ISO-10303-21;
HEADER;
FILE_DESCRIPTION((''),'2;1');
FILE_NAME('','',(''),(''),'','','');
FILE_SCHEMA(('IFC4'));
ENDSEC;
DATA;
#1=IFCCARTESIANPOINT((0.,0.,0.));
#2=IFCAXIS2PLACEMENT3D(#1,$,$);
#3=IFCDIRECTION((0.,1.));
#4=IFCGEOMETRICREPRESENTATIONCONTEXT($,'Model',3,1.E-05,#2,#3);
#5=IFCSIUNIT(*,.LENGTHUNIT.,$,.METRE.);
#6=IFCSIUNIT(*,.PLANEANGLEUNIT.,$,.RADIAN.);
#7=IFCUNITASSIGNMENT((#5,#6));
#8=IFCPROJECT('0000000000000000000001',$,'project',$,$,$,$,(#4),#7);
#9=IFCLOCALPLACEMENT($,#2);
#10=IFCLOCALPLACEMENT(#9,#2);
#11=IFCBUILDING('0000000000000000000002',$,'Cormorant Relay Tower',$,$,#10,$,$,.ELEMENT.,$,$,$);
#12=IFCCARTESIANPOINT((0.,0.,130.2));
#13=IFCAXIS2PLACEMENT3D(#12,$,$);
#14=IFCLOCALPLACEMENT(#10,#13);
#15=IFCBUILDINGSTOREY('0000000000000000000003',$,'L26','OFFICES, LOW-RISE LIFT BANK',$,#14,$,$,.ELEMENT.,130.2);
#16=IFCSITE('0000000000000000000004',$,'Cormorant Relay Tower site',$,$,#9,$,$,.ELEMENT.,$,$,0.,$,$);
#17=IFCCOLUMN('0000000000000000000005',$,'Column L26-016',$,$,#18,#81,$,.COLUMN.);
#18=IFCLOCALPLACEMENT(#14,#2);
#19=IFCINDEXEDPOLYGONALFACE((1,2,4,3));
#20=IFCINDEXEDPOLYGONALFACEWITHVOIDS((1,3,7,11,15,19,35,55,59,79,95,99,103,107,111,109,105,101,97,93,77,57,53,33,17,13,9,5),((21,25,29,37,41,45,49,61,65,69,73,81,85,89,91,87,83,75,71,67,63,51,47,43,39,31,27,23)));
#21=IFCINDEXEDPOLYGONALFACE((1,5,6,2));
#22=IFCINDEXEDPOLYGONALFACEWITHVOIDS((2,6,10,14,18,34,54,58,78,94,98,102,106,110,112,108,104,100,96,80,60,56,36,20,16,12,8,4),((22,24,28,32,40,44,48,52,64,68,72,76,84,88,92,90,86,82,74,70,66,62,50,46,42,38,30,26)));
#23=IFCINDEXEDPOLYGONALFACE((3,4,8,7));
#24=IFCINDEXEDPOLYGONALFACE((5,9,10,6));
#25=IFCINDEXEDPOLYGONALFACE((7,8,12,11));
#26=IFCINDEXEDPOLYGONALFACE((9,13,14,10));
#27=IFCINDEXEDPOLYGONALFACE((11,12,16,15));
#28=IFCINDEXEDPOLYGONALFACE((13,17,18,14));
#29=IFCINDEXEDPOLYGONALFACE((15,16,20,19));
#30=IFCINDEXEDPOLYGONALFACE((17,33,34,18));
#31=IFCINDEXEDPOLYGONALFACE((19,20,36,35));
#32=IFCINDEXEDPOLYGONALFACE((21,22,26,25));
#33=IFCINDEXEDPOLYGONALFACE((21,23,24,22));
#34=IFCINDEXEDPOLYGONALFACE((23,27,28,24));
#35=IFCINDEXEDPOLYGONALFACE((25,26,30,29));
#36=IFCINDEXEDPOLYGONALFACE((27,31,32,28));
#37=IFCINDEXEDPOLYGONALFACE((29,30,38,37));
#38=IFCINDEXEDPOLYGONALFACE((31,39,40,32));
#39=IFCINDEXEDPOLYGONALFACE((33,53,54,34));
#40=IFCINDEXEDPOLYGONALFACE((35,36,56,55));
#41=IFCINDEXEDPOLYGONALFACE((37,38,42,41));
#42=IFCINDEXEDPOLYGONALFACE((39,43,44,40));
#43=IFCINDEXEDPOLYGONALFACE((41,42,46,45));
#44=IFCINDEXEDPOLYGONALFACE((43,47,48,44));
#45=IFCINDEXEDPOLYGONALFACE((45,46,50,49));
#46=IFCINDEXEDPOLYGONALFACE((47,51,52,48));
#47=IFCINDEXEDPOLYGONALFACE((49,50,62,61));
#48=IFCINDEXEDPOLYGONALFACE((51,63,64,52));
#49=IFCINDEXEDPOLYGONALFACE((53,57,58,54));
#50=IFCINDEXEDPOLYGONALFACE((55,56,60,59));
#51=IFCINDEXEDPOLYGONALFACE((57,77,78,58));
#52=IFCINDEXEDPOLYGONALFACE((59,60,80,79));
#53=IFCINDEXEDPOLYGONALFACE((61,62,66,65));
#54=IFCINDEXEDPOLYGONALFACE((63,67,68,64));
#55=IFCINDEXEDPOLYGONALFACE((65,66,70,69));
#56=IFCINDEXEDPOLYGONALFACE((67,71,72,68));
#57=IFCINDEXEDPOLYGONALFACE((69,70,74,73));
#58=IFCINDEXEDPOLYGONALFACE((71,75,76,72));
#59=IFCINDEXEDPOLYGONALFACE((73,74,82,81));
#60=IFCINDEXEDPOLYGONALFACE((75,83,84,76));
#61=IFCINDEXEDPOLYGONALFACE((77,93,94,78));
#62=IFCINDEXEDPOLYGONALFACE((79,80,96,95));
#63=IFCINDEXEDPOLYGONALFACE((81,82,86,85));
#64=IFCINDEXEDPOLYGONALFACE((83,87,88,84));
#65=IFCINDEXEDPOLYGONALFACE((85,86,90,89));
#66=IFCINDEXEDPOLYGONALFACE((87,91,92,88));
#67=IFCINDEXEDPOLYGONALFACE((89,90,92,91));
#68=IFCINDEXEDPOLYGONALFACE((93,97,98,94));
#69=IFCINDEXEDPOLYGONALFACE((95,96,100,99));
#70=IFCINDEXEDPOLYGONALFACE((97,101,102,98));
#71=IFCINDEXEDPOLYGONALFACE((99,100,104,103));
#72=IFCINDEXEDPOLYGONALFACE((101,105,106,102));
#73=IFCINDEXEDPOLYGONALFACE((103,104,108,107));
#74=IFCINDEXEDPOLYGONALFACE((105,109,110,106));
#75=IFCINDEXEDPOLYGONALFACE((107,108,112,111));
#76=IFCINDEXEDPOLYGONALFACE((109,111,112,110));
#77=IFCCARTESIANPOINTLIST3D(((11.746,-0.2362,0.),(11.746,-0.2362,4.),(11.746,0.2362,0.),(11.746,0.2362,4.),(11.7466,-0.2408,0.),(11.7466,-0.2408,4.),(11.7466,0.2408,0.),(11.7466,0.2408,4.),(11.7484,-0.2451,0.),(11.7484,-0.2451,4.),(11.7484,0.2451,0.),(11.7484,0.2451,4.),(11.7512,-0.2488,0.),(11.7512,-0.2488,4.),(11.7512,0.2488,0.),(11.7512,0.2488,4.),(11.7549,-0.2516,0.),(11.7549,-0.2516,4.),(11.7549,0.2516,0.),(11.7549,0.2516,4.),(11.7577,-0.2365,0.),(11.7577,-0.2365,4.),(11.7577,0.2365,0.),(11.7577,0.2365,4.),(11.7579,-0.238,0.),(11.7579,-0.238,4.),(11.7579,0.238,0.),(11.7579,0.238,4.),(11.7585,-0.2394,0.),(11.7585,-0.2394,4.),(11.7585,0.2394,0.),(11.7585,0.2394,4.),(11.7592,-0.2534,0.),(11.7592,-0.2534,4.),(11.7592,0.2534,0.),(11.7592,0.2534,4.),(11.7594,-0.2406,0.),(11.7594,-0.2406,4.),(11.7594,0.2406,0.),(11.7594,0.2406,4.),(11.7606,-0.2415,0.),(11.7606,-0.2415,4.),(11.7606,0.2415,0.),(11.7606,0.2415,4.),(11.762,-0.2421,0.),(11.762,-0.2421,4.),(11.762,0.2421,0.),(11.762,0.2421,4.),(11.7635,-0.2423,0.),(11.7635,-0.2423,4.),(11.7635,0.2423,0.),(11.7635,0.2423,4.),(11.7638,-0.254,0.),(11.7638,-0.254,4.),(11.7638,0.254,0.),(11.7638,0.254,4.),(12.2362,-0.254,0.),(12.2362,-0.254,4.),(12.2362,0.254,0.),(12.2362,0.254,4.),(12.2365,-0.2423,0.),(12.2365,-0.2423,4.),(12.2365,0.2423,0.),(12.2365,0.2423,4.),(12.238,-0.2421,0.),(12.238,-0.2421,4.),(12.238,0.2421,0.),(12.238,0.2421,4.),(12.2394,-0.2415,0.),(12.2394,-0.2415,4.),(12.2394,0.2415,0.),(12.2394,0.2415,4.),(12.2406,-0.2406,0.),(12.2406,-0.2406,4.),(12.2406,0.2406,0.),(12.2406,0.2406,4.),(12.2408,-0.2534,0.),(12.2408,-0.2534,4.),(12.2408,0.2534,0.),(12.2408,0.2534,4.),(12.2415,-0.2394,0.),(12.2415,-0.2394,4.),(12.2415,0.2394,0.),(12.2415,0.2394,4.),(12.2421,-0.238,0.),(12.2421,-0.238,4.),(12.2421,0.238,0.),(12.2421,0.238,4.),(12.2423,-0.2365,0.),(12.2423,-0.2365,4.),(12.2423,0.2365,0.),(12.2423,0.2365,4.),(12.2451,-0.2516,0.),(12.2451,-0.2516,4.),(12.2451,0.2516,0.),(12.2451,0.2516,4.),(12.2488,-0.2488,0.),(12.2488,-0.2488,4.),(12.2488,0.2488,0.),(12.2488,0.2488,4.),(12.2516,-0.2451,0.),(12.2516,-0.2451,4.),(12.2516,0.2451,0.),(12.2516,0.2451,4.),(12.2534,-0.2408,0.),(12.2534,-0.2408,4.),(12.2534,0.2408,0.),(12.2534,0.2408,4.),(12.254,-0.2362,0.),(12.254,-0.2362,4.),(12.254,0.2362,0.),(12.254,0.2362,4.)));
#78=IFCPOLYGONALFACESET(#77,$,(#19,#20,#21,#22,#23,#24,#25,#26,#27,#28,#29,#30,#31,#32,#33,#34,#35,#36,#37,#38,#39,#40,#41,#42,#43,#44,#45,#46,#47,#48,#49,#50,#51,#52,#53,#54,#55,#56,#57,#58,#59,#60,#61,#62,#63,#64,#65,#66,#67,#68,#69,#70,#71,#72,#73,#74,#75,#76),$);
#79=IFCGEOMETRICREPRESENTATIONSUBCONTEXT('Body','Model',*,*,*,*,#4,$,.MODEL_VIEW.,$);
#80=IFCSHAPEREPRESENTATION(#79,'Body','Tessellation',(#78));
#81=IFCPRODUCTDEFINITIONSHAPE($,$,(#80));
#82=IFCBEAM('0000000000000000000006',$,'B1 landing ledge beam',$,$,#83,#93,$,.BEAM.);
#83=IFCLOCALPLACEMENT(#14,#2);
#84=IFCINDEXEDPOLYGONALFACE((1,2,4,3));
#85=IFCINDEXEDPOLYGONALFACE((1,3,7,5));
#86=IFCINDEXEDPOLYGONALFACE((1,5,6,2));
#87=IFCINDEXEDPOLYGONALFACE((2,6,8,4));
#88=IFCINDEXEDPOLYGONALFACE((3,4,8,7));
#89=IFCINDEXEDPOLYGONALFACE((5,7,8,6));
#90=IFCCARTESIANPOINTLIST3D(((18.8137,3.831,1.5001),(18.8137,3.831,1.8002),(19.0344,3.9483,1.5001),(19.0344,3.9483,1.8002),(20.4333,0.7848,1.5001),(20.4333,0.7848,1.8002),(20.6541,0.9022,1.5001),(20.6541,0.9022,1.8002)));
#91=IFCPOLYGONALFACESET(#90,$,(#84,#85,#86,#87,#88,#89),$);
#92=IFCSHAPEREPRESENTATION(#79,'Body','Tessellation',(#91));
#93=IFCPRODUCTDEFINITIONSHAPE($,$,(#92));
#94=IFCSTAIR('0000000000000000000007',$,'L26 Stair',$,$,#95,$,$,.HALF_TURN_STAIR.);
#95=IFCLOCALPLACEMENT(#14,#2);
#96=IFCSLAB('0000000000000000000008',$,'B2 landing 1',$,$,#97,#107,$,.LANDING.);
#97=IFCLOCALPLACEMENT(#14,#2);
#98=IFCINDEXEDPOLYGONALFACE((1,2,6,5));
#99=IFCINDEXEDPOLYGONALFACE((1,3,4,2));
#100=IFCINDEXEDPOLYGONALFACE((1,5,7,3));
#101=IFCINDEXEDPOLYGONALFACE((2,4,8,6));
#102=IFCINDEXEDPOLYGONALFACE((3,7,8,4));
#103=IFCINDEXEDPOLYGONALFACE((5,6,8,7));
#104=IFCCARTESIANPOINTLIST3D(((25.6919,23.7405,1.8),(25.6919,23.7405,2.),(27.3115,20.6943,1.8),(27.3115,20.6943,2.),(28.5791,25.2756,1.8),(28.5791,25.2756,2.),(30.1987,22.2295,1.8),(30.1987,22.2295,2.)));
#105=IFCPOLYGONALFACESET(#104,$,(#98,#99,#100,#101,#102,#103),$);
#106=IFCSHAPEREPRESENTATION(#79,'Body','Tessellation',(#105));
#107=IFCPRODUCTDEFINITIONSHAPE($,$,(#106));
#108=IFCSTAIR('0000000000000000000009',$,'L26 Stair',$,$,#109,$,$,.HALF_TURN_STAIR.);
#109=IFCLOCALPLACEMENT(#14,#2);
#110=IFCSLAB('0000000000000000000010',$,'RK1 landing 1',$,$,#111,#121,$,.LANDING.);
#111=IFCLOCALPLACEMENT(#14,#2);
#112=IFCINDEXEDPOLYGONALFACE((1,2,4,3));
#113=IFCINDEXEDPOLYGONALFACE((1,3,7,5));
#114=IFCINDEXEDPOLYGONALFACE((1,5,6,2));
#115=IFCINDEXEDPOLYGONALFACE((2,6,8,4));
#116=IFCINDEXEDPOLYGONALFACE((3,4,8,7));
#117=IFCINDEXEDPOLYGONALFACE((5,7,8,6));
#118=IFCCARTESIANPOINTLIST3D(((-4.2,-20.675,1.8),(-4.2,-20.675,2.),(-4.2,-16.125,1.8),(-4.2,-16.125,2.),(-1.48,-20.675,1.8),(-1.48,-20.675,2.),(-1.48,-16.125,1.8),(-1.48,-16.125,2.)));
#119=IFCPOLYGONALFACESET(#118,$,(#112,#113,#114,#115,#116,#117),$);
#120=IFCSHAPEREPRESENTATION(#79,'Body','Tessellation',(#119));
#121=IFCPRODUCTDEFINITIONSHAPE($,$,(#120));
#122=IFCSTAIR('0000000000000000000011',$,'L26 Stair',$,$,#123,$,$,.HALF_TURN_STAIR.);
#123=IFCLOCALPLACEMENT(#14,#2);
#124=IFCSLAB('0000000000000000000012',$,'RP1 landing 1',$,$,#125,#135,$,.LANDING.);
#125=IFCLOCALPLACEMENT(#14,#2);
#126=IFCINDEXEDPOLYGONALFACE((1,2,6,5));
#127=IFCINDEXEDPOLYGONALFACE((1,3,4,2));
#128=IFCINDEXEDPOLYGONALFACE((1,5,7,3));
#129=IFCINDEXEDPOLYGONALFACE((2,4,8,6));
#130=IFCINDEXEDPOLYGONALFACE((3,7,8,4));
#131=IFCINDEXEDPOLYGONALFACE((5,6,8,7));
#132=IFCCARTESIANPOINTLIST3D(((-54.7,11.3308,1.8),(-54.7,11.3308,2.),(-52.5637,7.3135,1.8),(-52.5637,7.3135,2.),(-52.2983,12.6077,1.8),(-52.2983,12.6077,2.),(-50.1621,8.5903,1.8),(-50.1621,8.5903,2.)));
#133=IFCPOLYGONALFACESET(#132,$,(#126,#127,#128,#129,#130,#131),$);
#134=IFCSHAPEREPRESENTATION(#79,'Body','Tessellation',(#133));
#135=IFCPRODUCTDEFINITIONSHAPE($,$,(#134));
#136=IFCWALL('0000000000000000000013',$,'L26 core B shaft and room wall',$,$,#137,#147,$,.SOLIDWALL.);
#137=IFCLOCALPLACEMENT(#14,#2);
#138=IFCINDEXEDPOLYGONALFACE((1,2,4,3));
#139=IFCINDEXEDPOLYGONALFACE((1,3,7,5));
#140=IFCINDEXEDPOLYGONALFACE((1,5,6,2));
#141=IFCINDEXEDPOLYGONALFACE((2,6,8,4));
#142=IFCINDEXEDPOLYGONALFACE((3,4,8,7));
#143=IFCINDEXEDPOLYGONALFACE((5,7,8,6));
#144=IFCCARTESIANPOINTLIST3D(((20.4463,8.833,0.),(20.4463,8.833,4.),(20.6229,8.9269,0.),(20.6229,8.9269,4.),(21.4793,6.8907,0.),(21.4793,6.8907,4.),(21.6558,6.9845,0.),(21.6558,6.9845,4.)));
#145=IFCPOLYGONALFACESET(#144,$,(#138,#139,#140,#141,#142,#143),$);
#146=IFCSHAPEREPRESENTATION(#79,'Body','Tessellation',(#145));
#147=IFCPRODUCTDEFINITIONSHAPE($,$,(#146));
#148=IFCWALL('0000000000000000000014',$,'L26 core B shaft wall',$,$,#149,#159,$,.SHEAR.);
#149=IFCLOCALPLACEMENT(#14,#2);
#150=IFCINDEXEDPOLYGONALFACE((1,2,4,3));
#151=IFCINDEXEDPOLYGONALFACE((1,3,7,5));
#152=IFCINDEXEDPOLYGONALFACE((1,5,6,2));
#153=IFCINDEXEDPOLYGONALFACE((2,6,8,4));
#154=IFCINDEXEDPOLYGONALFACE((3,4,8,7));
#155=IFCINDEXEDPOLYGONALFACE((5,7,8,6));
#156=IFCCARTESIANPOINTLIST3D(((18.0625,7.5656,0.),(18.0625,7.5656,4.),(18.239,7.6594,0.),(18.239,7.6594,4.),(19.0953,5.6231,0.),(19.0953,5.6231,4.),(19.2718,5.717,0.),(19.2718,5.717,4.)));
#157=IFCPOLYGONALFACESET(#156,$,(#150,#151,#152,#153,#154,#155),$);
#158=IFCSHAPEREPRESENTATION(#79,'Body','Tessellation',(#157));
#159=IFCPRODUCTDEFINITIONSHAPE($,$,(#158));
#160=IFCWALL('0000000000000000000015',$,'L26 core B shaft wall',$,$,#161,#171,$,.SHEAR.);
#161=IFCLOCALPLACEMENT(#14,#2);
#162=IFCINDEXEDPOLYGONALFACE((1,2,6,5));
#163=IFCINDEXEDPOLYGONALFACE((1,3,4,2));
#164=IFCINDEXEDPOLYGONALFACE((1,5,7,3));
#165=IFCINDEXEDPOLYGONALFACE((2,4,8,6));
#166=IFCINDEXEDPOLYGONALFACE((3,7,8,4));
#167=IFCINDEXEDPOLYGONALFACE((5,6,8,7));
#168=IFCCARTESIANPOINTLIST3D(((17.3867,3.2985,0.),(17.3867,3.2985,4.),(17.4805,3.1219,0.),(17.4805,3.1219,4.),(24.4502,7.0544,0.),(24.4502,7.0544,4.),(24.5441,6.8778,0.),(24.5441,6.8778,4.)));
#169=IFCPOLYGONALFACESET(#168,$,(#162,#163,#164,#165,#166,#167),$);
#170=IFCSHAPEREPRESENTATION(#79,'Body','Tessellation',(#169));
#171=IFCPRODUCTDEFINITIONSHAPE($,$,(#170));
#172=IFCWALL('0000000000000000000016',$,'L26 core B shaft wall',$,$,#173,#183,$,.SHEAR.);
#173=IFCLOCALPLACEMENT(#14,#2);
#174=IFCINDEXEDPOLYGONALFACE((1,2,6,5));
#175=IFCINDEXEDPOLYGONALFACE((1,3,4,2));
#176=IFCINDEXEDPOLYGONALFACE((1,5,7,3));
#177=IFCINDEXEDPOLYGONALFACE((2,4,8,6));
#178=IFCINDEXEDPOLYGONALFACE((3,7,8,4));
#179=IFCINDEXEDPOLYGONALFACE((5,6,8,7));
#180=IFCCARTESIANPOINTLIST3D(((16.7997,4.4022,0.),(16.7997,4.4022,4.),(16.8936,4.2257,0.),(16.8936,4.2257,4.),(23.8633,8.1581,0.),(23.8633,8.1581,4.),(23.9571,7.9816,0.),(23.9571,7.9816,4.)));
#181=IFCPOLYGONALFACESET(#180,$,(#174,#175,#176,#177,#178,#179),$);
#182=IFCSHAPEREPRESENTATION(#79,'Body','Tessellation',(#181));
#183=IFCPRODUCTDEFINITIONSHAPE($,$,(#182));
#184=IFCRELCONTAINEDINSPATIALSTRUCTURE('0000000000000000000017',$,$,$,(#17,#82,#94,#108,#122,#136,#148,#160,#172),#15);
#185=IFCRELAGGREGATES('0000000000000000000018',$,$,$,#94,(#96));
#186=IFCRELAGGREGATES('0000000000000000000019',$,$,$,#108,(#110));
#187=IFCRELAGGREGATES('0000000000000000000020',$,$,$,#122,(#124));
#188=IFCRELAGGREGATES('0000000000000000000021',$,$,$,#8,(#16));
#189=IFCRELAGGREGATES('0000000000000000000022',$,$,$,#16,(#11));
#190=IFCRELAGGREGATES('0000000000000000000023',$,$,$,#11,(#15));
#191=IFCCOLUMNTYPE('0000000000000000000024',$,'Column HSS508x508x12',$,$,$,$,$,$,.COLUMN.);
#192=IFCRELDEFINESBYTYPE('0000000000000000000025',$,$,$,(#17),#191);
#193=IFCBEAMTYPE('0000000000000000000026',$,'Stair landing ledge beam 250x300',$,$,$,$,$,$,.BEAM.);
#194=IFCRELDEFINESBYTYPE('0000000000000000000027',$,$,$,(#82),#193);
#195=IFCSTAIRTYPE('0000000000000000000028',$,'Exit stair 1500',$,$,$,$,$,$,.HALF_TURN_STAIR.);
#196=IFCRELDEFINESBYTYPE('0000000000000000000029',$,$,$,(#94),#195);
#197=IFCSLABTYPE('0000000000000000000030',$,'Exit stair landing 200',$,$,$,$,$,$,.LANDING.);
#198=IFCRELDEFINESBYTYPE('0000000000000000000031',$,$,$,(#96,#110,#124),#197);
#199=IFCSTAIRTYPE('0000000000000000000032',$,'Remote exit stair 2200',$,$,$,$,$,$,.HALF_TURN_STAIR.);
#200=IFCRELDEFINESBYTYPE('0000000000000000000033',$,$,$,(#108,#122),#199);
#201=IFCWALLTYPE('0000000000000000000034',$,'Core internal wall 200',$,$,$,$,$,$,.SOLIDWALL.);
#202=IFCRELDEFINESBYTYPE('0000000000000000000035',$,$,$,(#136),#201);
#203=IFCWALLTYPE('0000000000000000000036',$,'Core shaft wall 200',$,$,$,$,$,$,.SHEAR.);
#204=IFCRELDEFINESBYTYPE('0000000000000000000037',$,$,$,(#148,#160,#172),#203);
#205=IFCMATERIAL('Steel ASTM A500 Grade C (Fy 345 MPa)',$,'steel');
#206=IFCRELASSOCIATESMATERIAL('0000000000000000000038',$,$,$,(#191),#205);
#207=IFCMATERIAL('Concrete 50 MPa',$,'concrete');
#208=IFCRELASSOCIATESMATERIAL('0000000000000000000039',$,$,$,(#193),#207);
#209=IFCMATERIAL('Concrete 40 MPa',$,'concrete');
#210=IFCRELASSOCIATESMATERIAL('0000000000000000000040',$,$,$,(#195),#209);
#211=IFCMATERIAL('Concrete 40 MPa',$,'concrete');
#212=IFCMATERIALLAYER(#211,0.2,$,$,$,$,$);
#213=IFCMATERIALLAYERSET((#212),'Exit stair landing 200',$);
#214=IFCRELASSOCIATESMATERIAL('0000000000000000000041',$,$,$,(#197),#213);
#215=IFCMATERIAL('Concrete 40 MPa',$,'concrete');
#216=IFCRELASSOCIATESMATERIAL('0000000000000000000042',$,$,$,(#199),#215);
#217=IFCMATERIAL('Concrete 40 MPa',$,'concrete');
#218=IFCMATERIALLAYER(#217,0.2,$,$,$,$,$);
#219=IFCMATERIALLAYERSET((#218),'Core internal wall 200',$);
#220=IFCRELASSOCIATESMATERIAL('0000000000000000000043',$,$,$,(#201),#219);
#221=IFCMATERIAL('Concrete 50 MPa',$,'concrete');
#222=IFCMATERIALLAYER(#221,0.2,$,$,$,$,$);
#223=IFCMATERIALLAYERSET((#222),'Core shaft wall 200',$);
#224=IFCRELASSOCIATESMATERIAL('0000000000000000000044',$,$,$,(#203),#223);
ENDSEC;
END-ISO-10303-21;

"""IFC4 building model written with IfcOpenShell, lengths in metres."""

from ifc_helpers import new_model, si_unit, direction, frame, frame_2d, origin, origin_2d, place, context, subcontext, project, spatial, polyline, rectangle, hollow_rectangle, outline, extrude, material, layer, layer_set, material_profile, profile_set, type_object, element, aggregate, save


model = new_model("IFC4")

# Units and contexts
model_context = context("Model", 3, precision=1e-05, world=origin(), true_north=direction((0.0, 1.0)))
body_context = subcontext(model_context, "Body", "Model", "MODEL_VIEW")
ifc_project = project(units=[si_unit("LENGTHUNIT", "METRE"), si_unit("PLANEANGLEUNIT", "RADIAN")], contexts=[model_context])

# Site, building, storey
site_placement = place(None, origin())
site = spatial("IfcSite", under=ifc_project, at=site_placement, Name="Cormorant Relay Tower site", CompositionType="ELEMENT", RefElevation=0.0)
building_placement = place(site_placement, origin())
building = spatial("IfcBuilding", under=site, at=building_placement, Name="Cormorant Relay Tower", CompositionType="ELEMENT")
storey_placement = place(building_placement, frame((0.0, 0.0, 130.2)))
storey = spatial("IfcBuildingStorey", under=building, at=storey_placement, Name="L26", Description="OFFICES, LOW-RISE LIFT BANK", CompositionType="ELEMENT", Elevation=130.2)

# Column
ifc_material_1 = material(Name="Steel ASTM A500 Grade C (Fy 345 MPa)", Category="steel")
ifc_material_profile_1 = material_profile(ifc_material_1, hollow_rectangle(XDim=0.5081, YDim=0.5081, WallThickness=0.0117, InnerFilletRadius=0.0059, OuterFilletRadius=0.0178, at=origin_2d()), Name="HSS508x508x12")
ifc_profile_set_1 = profile_set([ifc_material_profile_1], Name="Steel ASTM A500 Grade C (Fy 345 MPa)")
column_type = type_object("IfcColumnType", Name="Column HSS508x508x12", PredefinedType="COLUMN", material=ifc_profile_set_1)
column_placement = place(storey_placement, frame((12.0, 0.0, 0.0), z_axis=(0.0, 0.0, 1.0), x_axis=(1.0, 0.0, 0.0)))
element("IfcColumn", 1, at=column_placement, inside=storey, type_object=column_type, Name="Column L26-016", PredefinedType="COLUMN", context=body_context, shape_type="SweptSolid", body=[
    extrude(hollow_rectangle(XDim=0.5081, YDim=0.5081, WallThickness=0.0117, InnerFilletRadius=0.0059, OuterFilletRadius=0.0178, at=origin_2d()), origin(), (0.0, 0.0, 1.0), 4.0),
])

# Beam
ifc_material_2 = material(Name="Concrete 50 MPa", Category="concrete")
ifc_material_profile_2 = material_profile(ifc_material_2, rectangle(XDim=0.25, YDim=0.3, at=origin_2d()), Name="RC 250x300")
ifc_profile_set_2 = profile_set([ifc_material_profile_2], Name="Concrete 50 MPa")
beam_type = type_object("IfcBeamType", Name="Stair landing ledge beam 250x300", PredefinedType="BEAM", material=ifc_profile_set_2)
beam_placement = place(storey_placement, frame((18.9241, 3.8896, 1.6501), z_axis=(0.469464, -0.882952, 0.0), x_axis=(0.882952, 0.469464, 0.0)))
element("IfcBeam", 2, at=beam_placement, inside=storey, type_object=beam_type, Name="B1 landing ledge beam", PredefinedType="BEAM", context=body_context, shape_type="SweptSolid", body=[
    extrude(rectangle(XDim=0.25, YDim=0.3, at=origin_2d()), origin(), (0.0, 0.0, 1.0), 3.45),
])

# Stairs, slabs
ifc_material_3 = material(Name="Concrete 40 MPa", Category="concrete")
stair_type_1 = type_object("IfcStairType", Name="Exit stair 1500", PredefinedType="HALF_TURN_STAIR", material=ifc_material_3)
stair_1_placement = place(storey_placement, origin())
stair_1 = element("IfcStair", 3, at=stair_1_placement, inside=storey, type_object=stair_type_1, Name="L26 Stair", PredefinedType="HALF_TURN_STAIR")
ifc_material_4 = material(Name="Concrete 40 MPa", Category="concrete")
ifc_layer_1 = layer(ifc_material_4, 0.2)
ifc_layer_set_1 = layer_set([ifc_layer_1], Name="Exit stair landing 200")
slab_type = type_object("IfcSlabType", Name="Exit stair landing 200", PredefinedType="LANDING", material=ifc_layer_set_1)
slab_1_placement = place(storey_placement, frame((0.0, 0.0, 1.8)))
slab_1 = element("IfcSlab", 4, at=slab_1_placement, type_object=slab_type, Name="B2 landing 1", PredefinedType="LANDING", context=body_context, shape_type="SweptSolid", body=[
    extrude(outline(polyline([(27.3115, 20.6943), (30.1987, 22.2295), (28.5791, 25.2756), (25.6919, 23.7405), (27.3115, 20.6943)])), origin(), (0.0, 0.0, 1.0), 0.2),
])
aggregate(stair_1, [slab_1])
ifc_material_5 = material(Name="Concrete 40 MPa", Category="concrete")
stair_type_2 = type_object("IfcStairType", Name="Remote exit stair 2200", PredefinedType="HALF_TURN_STAIR", material=ifc_material_5)
stair_2_placement = place(storey_placement, origin())
stair_2 = element("IfcStair", 5, at=stair_2_placement, inside=storey, type_object=stair_type_2, Name="L26 Stair", PredefinedType="HALF_TURN_STAIR")
slab_2_placement = place(storey_placement, frame((0.0, 0.0, 1.8)))
slab_2 = element("IfcSlab", 6, at=slab_2_placement, type_object=slab_type, Name="RK1 landing 1", PredefinedType="LANDING", context=body_context, shape_type="SweptSolid", body=[
    extrude(outline(polyline([(-1.48, -16.125), (-4.2, -16.125), (-4.2, -20.675), (-1.48, -20.675), (-1.48, -16.125)])), origin(), (0.0, 0.0, 1.0), 0.2),
])
aggregate(stair_2, [slab_2])
stair_3_placement = place(storey_placement, origin())
stair_3 = element("IfcStair", 7, at=stair_3_placement, inside=storey, type_object=stair_type_2, Name="L26 Stair", PredefinedType="HALF_TURN_STAIR")
slab_3_placement = place(storey_placement, frame((0.0, 0.0, 1.8)))
slab_3 = element("IfcSlab", 8, at=slab_3_placement, type_object=slab_type, Name="RP1 landing 1", PredefinedType="LANDING", context=body_context, shape_type="SweptSolid", body=[
    extrude(outline(polyline([(-52.2983, 12.6077), (-54.7, 11.3308), (-52.5637, 7.3135), (-50.1621, 8.5903), (-52.2983, 12.6077)])), origin(), (0.0, 0.0, 1.0), 0.2),
])
aggregate(stair_3, [slab_3])

# Walls
ifc_material_6 = material(Name="Concrete 40 MPa", Category="concrete")
ifc_layer_2 = layer(ifc_material_6, 0.2)
ifc_layer_set_2 = layer_set([ifc_layer_2], Name="Core internal wall 200")
wall_type_1 = type_object("IfcWallType", Name="Core internal wall 200", PredefinedType="SOLIDWALL", material=ifc_layer_set_2)
wall_1_placement = place(storey_placement, frame((21.5676, 6.9375, 0.0), z_axis=(0.0, 0.0, 1.0), x_axis=(-0.469534, 0.882914, 0.0)))
element("IfcWall", 9, at=wall_1_placement, inside=storey, type_object=wall_type_1, Name="L26 core B shaft and room wall", PredefinedType="SOLIDWALL", context=body_context, shape_type="SweptSolid", body=[
    extrude(rectangle(XDim=2.2, YDim=0.2, at=frame_2d((1.1001, 0.0))), origin(), (0.0, 0.0, 1.0), 4.0),
])
ifc_material_7 = material(Name="Concrete 50 MPa", Category="concrete")
ifc_layer_3 = layer(ifc_material_7, 0.2)
ifc_layer_set_3 = layer_set([ifc_layer_3], Name="Core shaft wall 200")
wall_type_2 = type_object("IfcWallType", Name="Core shaft wall 200", PredefinedType="SHEAR", material=ifc_layer_set_3)
wall_2_placement = place(storey_placement, frame((19.1836, 5.6699, 0.0), z_axis=(0.0, 0.0, 1.0), x_axis=(-0.469447, 0.88296, 0.0)))
element("IfcWall", 10, at=wall_2_placement, inside=storey, type_object=wall_type_2, Name="L26 core B shaft wall", PredefinedType="SHEAR", context=body_context, shape_type="SweptSolid", body=[
    extrude(rectangle(XDim=2.2, YDim=0.2, at=frame_2d((1.1001, 0.0))), origin(), (0.0, 0.0, 1.0), 4.0),
])
for number, where, z_axis, x_axis, name in (
    (11, (17.4336, 3.2102, 0.0), (0.0, 0.0, 1.0), (0.88294, 0.469485, 0.0), "L26 core B shaft wall"),
    (12, (16.8467, 4.314, 0.0), (0.0, 0.0, 1.0), (0.88294, 0.469485, 0.0), "L26 core B shaft wall"),
):
    element("IfcWall", number, at=place(storey_placement, frame(where, z_axis=z_axis, x_axis=x_axis)), inside=storey, type_object=wall_type_2, Name=name, PredefinedType="SHEAR", context=body_context, shape_type="SweptSolid", body=[
        extrude(rectangle(XDim=8.0, YDim=0.2, at=frame_2d((4.0, 0.0))), origin(), (0.0, 0.0, 1.0), 4.0),
    ])

save(model, "model.ifc")
